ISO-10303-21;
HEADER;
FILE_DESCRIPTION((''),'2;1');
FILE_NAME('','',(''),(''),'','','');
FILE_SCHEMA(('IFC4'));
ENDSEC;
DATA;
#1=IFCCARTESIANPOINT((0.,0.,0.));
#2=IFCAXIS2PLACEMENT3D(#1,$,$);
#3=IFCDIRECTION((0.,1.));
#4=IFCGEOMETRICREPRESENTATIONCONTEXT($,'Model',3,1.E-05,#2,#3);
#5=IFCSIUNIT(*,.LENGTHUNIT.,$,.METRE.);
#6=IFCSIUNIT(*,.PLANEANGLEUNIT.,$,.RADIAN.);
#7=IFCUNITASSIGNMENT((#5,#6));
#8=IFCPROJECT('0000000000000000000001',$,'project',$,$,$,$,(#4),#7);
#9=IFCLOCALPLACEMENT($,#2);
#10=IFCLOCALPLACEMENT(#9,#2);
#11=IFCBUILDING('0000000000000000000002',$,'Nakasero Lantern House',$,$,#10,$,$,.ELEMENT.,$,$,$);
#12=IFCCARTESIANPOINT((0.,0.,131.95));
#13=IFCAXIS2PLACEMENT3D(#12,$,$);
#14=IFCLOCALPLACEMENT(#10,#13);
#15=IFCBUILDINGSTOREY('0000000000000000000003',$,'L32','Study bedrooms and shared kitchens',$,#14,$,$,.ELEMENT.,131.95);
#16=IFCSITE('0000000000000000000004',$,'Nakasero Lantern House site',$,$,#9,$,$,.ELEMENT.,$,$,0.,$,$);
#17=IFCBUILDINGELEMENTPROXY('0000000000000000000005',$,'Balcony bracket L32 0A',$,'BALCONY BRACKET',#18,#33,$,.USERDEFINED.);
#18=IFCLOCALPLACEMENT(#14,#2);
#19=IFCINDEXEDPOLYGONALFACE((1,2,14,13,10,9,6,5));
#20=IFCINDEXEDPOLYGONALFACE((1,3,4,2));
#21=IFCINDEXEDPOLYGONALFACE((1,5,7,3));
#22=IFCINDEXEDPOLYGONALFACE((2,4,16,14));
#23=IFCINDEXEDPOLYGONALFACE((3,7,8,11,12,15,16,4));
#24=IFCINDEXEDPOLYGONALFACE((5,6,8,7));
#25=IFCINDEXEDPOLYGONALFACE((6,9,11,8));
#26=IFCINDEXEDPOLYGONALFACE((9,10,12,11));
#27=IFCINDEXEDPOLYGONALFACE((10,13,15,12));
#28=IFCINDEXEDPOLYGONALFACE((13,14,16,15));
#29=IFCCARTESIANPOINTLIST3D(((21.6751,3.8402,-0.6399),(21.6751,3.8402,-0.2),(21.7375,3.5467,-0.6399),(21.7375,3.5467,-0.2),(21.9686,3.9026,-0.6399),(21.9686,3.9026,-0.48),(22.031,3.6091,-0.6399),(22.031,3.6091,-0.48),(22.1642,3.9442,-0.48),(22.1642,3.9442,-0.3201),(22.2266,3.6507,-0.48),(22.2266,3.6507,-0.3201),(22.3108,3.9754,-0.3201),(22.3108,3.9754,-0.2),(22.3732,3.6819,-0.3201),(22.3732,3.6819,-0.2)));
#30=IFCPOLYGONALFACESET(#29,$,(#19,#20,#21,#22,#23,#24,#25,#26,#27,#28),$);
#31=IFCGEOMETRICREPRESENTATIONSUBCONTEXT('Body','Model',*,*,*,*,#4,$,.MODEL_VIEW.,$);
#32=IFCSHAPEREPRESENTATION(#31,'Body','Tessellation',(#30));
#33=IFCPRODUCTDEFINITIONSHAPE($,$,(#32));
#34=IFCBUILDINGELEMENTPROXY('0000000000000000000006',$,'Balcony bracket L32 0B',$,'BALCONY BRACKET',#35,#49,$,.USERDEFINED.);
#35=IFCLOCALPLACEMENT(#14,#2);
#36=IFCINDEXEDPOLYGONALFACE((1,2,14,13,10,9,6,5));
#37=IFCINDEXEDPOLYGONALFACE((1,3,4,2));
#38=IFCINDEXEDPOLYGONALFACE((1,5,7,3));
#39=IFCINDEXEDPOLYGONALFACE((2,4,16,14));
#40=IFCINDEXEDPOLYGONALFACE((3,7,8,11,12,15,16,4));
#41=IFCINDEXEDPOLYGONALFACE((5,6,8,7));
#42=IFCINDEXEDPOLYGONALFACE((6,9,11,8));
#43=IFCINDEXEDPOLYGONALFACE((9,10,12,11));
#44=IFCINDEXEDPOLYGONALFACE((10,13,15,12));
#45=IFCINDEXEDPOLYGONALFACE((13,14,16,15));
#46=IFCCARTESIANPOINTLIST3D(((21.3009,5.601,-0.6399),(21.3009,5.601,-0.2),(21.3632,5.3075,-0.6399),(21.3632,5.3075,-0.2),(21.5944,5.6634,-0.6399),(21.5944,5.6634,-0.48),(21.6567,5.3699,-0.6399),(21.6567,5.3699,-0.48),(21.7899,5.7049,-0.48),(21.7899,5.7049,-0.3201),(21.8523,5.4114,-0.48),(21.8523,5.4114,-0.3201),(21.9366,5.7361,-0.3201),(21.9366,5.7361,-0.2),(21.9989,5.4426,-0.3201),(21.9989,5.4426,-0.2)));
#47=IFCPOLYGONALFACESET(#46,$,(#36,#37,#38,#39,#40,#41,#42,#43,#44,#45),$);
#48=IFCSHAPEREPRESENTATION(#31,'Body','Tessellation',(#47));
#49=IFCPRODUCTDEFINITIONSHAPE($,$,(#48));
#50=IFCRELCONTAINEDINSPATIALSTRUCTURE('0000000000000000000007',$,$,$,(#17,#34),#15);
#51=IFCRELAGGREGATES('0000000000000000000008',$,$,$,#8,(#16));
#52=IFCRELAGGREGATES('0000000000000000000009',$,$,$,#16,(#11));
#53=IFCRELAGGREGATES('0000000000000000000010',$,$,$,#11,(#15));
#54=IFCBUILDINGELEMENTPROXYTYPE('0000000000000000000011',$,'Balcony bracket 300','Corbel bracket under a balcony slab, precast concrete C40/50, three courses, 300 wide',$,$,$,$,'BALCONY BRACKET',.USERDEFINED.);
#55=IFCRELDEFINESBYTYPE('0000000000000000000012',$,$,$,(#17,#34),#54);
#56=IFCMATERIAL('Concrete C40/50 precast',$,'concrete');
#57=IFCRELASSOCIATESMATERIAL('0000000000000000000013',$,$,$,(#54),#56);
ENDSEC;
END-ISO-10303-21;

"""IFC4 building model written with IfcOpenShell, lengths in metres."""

from ifc_helpers import new_model, si_unit, direction, frame, origin, place, context, subcontext, project, spatial, polyline, outline, extrude, material, type_object, element, save


model = new_model("IFC4")

# Units and contexts
model_context = context("Model", 3, precision=1e-05, world=origin(), true_north=direction((0.0, 1.0)))
body_context = subcontext(model_context, "Body", "Model", "MODEL_VIEW")
ifc_project = project(units=[si_unit("LENGTHUNIT", "METRE"), si_unit("PLANEANGLEUNIT", "RADIAN")], contexts=[model_context])

# Site, building, storey
site_placement = place(None, origin())
site = spatial("IfcSite", under=ifc_project, at=site_placement, Name="Nakasero Lantern House site", CompositionType="ELEMENT", RefElevation=0.0)
building_placement = place(site_placement, origin())
building = spatial("IfcBuilding", under=site, at=building_placement, Name="Nakasero Lantern House", CompositionType="ELEMENT")
storey_placement = place(building_placement, frame((0.0, 0.0, 131.95)))
storey = spatial("IfcBuildingStorey", under=building, at=storey_placement, Name="L32", Description="Study bedrooms and shared kitchens", CompositionType="ELEMENT", Elevation=131.95)

# Building element proxies
ifc_material_1 = material(Name="Concrete C40/50 precast", Category="concrete")
building_element_proxy_type = type_object("IfcBuildingElementProxyType", Name="Balcony bracket 300", Description="Corbel bracket under a balcony slab, precast concrete C40/50, three courses, 300 wide", ElementType="BALCONY BRACKET", PredefinedType="USERDEFINED", material=ifc_material_1)
for number, where, z_axis, x_axis, name in (
    (1, (21.7063, 3.6936, -0.2), (0.0, 0.0, 1.0), (0.978148, 0.207912, 0.0), "Balcony bracket L32 0A"),
    (2, (21.332, 5.4543, -0.2), (0.0, 0.0, 1.0), (0.978148, 0.207912, 0.0), "Balcony bracket L32 0B"),
):
    element("IfcBuildingElementProxy", number, at=place(storey_placement, frame(where, z_axis=z_axis, x_axis=x_axis)), inside=storey, type_object=building_element_proxy_type, Name=name, ObjectType="BALCONY BRACKET", PredefinedType="USERDEFINED", context=body_context, shape_type="SweptSolid", body=[
        extrude(outline(polyline([(0.0, 0.0), (0.6499, 0.0), (0.6499, -0.1201), (0.5, -0.1201), (0.5, -0.28), (0.3, -0.28), (0.3, -0.4399), (0.0, -0.4399), (0.0, 0.0)])), frame((0.0, 0.1499, 0.0), z_axis=(0.0, -1.0, 0.0), x_axis=(1.0, 0.0, 0.0)), (0.0, 0.0, 1.0), 0.3),
    ])

save(model, "model.ifc")
